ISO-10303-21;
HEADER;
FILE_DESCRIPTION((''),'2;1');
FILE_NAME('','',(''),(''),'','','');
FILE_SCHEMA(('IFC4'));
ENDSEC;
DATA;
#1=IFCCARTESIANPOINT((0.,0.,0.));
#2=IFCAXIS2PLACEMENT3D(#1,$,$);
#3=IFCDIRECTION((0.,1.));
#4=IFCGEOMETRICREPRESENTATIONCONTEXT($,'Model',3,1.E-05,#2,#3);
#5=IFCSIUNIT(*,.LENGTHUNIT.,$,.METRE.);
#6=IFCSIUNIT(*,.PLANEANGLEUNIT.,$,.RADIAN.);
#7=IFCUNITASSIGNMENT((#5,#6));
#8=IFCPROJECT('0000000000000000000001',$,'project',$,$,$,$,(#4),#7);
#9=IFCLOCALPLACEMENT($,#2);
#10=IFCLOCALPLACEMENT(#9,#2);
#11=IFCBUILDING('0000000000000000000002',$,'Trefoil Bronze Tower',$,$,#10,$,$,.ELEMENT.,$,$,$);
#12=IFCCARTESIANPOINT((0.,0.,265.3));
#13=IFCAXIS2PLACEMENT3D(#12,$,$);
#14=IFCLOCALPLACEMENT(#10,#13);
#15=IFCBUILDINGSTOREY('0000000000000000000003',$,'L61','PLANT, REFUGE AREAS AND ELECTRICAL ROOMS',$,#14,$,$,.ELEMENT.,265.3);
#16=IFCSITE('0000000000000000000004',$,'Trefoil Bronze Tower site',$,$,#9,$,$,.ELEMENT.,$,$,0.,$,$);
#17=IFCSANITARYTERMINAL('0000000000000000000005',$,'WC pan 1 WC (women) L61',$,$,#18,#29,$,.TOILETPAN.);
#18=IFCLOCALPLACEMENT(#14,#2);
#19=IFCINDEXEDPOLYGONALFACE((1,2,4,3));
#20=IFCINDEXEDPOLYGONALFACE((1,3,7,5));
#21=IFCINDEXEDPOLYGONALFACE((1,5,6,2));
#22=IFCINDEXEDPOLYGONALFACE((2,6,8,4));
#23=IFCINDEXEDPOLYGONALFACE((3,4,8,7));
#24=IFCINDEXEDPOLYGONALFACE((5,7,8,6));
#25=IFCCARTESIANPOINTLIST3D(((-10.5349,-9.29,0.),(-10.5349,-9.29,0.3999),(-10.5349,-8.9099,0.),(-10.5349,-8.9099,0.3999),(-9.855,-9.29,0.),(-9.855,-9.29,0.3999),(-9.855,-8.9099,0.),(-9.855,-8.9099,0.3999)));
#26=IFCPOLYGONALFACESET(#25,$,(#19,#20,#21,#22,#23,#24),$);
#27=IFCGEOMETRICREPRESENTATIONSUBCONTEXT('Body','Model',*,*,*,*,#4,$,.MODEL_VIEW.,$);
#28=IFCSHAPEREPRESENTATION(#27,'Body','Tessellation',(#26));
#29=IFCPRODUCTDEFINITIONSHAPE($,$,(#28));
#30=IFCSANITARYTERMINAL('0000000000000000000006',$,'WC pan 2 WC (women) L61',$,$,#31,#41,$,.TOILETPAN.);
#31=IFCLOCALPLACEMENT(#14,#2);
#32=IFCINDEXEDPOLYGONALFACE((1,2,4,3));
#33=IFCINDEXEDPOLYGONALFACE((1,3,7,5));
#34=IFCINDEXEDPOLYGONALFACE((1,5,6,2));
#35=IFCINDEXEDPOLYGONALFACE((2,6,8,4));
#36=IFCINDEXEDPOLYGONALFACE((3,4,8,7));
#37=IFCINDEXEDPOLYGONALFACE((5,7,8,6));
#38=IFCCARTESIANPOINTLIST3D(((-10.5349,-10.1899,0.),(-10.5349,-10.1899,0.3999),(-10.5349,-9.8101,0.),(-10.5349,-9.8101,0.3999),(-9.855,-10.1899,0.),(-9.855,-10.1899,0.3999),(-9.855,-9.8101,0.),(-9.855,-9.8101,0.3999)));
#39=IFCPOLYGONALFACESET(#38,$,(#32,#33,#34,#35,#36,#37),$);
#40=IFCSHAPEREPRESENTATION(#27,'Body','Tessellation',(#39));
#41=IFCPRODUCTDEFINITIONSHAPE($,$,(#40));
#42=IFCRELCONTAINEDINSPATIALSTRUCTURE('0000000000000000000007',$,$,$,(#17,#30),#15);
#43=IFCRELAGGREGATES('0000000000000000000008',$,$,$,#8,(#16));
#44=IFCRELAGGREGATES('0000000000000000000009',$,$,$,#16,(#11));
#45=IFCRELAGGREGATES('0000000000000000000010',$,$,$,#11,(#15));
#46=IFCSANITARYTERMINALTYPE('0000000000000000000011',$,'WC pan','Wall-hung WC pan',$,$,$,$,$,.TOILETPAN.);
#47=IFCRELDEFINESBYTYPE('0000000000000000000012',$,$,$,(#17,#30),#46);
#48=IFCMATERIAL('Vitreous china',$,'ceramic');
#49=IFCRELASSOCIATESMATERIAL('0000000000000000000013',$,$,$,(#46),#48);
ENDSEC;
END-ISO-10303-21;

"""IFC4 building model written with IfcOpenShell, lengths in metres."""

from ifc_helpers import new_model, si_unit, direction, frame, origin, place, context, subcontext, project, spatial, polyline, outline, extrude, material, type_object, element, save


model = new_model("IFC4")

# Units and contexts
model_context = context("Model", 3, precision=1e-05, world=origin(), true_north=direction((0.0, 1.0)))
body_context = subcontext(model_context, "Body", "Model", "MODEL_VIEW")
ifc_project = project(units=[si_unit("LENGTHUNIT", "METRE"), si_unit("PLANEANGLEUNIT", "RADIAN")], contexts=[model_context])

# Site, building, storey
site_placement = place(None, origin())
site = spatial("IfcSite", under=ifc_project, at=site_placement, Name="Trefoil Bronze Tower site", CompositionType="ELEMENT", RefElevation=0.0)
building_placement = place(site_placement, origin())
building = spatial("IfcBuilding", under=site, at=building_placement, Name="Trefoil Bronze Tower", CompositionType="ELEMENT")
storey_placement = place(building_placement, frame((0.0, 0.0, 265.3)))
storey = spatial("IfcBuildingStorey", under=building, at=storey_placement, Name="L61", Description="PLANT, REFUGE AREAS AND ELECTRICAL ROOMS", CompositionType="ELEMENT", Elevation=265.3)

# Sanitary terminals
ifc_material_1 = material(Name="Vitreous china", Category="ceramic")
sanitary_terminal_type = type_object("IfcSanitaryTerminalType", Name="WC pan", Description="Wall-hung WC pan", PredefinedType="TOILETPAN", material=ifc_material_1)
sanitary_terminal_1_placement = place(storey_placement, origin())
element("IfcSanitaryTerminal", 1, at=sanitary_terminal_1_placement, inside=storey, type_object=sanitary_terminal_type, Name="WC pan 1 WC (women) L61", PredefinedType="TOILETPAN", context=body_context, shape_type="SweptSolid", body=[
    extrude(outline(polyline([(-9.855, -8.9099), (-10.5349, -8.9099), (-10.5349, -9.29), (-9.855, -9.29), (-9.855, -8.9099)])), origin(), (0.0, 0.0, 1.0), 0.3999),
])
sanitary_terminal_2_placement = place(storey_placement, origin())
element("IfcSanitaryTerminal", 2, at=sanitary_terminal_2_placement, inside=storey, type_object=sanitary_terminal_type, Name="WC pan 2 WC (women) L61", PredefinedType="TOILETPAN", context=body_context, shape_type="SweptSolid", body=[
    extrude(outline(polyline([(-9.855, -9.8101), (-10.5349, -9.8101), (-10.5349, -10.1899), (-9.855, -10.1899), (-9.855, -9.8101)])), origin(), (0.0, 0.0, 1.0), 0.3999),
])

save(model, "model.ifc")
